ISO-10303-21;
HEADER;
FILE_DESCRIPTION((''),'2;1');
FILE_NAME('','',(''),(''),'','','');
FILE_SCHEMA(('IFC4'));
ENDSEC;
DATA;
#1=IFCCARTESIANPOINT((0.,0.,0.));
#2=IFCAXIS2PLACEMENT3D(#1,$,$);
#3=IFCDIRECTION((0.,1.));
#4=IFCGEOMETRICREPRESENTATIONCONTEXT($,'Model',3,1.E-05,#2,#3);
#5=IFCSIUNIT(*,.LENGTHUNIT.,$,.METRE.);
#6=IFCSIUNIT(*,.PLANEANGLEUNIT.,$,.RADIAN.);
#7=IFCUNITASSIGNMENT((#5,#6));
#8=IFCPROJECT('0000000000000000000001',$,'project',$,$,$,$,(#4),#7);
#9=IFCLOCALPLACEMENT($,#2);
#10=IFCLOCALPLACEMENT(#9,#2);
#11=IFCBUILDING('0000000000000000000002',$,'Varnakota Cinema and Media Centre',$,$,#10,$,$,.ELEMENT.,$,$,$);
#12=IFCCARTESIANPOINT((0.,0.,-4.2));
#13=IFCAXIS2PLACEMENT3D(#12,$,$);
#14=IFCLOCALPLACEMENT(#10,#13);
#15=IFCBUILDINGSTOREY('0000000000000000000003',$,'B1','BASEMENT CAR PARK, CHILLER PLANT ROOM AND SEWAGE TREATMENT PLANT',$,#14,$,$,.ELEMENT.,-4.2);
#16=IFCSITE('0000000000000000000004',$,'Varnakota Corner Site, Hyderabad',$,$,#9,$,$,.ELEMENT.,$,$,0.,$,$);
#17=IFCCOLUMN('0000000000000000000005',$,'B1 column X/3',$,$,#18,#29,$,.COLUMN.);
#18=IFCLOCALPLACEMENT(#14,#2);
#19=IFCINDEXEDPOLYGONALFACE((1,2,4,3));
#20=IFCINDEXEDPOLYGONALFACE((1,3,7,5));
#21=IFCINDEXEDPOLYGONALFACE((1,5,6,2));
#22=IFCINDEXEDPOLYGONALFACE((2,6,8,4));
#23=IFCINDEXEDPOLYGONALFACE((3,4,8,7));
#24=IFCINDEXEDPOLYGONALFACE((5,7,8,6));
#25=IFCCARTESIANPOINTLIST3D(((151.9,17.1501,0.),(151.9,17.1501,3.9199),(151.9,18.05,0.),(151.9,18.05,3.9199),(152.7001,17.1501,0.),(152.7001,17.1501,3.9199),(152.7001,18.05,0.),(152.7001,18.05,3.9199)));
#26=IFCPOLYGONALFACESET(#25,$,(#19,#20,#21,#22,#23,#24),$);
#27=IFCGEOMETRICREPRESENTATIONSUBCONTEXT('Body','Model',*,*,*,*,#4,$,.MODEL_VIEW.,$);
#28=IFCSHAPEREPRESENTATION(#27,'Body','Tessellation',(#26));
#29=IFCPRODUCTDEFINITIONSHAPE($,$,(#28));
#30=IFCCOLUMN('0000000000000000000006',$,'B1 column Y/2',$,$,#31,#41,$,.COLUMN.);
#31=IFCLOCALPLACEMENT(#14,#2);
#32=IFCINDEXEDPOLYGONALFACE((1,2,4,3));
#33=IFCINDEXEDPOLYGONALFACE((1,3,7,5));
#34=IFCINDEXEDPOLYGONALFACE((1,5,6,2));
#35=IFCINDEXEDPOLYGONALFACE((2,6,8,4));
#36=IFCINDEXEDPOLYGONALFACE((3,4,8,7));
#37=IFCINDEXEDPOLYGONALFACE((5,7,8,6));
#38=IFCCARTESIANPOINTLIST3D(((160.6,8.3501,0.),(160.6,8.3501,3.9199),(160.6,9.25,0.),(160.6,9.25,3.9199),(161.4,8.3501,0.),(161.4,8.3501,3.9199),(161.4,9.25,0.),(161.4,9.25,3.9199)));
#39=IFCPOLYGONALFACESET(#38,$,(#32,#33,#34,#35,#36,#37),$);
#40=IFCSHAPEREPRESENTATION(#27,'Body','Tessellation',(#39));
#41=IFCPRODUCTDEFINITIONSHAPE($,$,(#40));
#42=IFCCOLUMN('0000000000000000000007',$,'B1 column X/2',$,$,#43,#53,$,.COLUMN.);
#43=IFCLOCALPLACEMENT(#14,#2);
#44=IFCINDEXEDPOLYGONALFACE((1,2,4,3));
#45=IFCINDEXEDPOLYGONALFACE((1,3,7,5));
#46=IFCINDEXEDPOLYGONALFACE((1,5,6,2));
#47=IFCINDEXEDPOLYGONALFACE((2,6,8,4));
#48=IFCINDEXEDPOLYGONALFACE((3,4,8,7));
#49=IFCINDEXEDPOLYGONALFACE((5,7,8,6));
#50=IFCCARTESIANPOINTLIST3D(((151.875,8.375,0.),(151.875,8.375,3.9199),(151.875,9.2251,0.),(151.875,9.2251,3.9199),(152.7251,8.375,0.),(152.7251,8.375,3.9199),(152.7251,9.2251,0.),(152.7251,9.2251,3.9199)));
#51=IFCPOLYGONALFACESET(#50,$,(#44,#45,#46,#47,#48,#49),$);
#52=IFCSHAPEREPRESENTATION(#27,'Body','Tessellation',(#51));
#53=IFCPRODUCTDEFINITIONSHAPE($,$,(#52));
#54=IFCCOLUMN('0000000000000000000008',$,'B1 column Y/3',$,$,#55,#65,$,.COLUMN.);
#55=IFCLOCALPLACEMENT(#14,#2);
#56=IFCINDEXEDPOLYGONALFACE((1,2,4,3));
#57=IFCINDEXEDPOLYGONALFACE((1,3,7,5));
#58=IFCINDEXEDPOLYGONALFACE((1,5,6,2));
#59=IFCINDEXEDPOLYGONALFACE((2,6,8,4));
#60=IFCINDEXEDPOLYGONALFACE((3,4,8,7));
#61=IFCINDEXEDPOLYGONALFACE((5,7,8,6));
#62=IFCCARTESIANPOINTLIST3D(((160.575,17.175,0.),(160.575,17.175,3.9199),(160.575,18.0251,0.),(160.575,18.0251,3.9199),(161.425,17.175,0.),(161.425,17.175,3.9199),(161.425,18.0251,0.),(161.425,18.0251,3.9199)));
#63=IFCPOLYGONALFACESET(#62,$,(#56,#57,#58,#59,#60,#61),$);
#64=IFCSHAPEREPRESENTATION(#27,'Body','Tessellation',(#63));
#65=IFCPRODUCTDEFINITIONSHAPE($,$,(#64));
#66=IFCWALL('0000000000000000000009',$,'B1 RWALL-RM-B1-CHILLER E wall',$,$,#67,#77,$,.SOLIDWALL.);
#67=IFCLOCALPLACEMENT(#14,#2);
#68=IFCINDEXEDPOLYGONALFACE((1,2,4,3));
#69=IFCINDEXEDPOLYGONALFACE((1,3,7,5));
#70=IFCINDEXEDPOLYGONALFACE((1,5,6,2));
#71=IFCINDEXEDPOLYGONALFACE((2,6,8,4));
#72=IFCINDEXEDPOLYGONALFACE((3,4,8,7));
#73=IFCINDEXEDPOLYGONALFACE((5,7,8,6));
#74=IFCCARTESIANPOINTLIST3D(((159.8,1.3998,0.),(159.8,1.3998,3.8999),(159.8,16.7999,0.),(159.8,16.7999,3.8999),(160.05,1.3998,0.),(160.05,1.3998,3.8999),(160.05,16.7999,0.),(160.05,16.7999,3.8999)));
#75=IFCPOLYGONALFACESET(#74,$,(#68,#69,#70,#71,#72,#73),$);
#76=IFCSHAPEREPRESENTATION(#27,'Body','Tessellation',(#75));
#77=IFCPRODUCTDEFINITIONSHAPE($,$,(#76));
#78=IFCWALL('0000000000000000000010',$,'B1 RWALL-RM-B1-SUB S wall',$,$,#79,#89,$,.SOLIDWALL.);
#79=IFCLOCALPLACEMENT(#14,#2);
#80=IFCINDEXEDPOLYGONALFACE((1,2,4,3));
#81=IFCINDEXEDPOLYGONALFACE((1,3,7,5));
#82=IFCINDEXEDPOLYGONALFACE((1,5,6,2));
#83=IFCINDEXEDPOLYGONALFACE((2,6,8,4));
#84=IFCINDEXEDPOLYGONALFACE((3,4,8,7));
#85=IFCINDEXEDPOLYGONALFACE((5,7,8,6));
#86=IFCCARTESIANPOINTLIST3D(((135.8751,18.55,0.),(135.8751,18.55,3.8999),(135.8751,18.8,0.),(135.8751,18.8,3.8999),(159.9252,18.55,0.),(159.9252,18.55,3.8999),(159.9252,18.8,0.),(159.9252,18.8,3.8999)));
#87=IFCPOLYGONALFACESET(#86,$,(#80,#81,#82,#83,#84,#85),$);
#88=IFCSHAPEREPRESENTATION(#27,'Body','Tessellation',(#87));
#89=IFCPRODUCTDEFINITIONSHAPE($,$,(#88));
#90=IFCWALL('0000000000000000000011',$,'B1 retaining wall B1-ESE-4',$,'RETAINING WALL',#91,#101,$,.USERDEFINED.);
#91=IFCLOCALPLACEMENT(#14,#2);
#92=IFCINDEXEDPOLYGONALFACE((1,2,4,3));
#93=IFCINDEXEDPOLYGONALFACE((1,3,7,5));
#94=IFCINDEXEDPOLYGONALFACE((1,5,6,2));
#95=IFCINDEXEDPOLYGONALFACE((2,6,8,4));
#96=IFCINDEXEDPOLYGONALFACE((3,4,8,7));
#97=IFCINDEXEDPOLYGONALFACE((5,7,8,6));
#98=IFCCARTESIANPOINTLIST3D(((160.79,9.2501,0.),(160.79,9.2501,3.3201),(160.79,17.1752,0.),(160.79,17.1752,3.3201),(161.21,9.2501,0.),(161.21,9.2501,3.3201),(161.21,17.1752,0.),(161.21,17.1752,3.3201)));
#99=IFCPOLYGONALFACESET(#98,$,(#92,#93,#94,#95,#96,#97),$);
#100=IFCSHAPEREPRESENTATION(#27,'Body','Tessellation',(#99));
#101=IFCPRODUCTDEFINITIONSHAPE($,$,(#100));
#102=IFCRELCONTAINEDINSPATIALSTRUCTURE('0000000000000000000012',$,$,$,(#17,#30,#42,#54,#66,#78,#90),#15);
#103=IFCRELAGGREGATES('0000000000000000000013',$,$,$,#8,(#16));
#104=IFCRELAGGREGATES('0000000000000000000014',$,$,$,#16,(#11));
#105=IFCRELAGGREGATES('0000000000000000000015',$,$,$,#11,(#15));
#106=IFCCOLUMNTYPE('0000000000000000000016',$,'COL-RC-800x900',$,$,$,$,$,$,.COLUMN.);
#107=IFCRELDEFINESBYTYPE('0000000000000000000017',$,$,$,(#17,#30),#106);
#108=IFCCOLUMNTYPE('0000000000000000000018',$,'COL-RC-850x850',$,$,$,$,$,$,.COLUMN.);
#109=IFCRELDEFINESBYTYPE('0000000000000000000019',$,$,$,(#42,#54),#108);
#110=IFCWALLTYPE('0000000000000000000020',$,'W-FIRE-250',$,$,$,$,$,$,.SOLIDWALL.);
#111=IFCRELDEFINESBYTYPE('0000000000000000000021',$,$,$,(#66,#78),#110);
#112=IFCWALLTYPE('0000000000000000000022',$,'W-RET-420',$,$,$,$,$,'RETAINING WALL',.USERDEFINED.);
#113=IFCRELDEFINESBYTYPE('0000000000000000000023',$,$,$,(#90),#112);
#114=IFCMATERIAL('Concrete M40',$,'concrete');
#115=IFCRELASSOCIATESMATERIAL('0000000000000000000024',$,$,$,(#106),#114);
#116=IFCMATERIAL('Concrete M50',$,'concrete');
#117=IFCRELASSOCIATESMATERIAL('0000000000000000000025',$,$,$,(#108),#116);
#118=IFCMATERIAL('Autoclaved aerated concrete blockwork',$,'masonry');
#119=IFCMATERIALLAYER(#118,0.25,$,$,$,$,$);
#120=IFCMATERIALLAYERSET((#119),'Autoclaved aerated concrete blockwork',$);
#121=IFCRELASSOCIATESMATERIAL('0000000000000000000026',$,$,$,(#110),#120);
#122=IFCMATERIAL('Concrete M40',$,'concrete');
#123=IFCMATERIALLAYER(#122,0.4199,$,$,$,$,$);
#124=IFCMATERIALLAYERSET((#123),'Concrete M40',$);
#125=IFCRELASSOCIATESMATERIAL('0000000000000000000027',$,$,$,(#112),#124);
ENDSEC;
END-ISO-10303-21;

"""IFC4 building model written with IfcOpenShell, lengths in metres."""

from ifc_helpers import new_model, si_unit, direction, frame, frame_2d, origin, origin_2d, place, context, subcontext, project, spatial, rectangle, extrude, material, layer, layer_set, material_profile, profile_set, type_object, element, save


model = new_model("IFC4")

# Units and contexts
model_context = context("Model", 3, precision=1e-05, world=origin(), true_north=direction((0.0, 1.0)))
body_context = subcontext(model_context, "Body", "Model", "MODEL_VIEW")
ifc_project = project(units=[si_unit("LENGTHUNIT", "METRE"), si_unit("PLANEANGLEUNIT", "RADIAN")], contexts=[model_context])

# Site, building, storey
site_placement = place(None, origin())
site = spatial("IfcSite", under=ifc_project, at=site_placement, Name="Varnakota Corner Site, Hyderabad", CompositionType="ELEMENT", RefElevation=0.0)
building_placement = place(site_placement, origin())
building = spatial("IfcBuilding", under=site, at=building_placement, Name="Varnakota Cinema and Media Centre", CompositionType="ELEMENT")
storey_placement = place(building_placement, frame((0.0, 0.0, -4.2)))
storey = spatial("IfcBuildingStorey", under=building, at=storey_placement, Name="B1", Description="BASEMENT CAR PARK, CHILLER PLANT ROOM AND SEWAGE TREATMENT PLANT", CompositionType="ELEMENT", Elevation=-4.2)

# Columns
ifc_material_1 = material(Name="Concrete M40", Category="concrete")
ifc_material_profile_1 = material_profile(ifc_material_1, rectangle(XDim=0.8, YDim=0.8999, at=origin_2d()), Name="RC 800x900")
ifc_profile_set_1 = profile_set([ifc_material_profile_1], Name="Concrete M40")
column_type_1 = type_object("IfcColumnType", Name="COL-RC-800x900", PredefinedType="COLUMN", material=ifc_profile_set_1)
for number, where, z_axis, x_axis, name in (
    (1, (152.3, 17.6001, 0.0), (0.0, 0.0, 1.0), (1.0, 0.0, 0.0), "B1 column X/3"),
    (2, (161.0, 8.8, 0.0), (0.0, 0.0, 1.0), (1.0, 0.0, 0.0), "B1 column Y/2"),
):
    element("IfcColumn", number, at=place(storey_placement, frame(where, z_axis=z_axis, x_axis=x_axis)), inside=storey, type_object=column_type_1, Name=name, PredefinedType="COLUMN", context=body_context, shape_type="SweptSolid", body=[
        extrude(rectangle(XDim=0.8, YDim=0.8999, at=origin_2d()), origin(), (0.0, 0.0, 1.0), 3.9199),
    ])
ifc_material_2 = material(Name="Concrete M50", Category="concrete")
ifc_material_profile_2 = material_profile(ifc_material_2, rectangle(XDim=0.8501, YDim=0.8501, at=origin_2d()), Name="RC 850x850")
ifc_profile_set_2 = profile_set([ifc_material_profile_2], Name="Concrete M50")
column_type_2 = type_object("IfcColumnType", Name="COL-RC-850x850", PredefinedType="COLUMN", material=ifc_profile_set_2)
for number, where, z_axis, x_axis, name in (
    (3, (152.3, 8.8, 0.0), (0.0, 0.0, 1.0), (1.0, 0.0, 0.0), "B1 column X/2"),
    (4, (161.0, 17.6001, 0.0), (0.0, 0.0, 1.0), (1.0, 0.0, 0.0), "B1 column Y/3"),
):
    element("IfcColumn", number, at=place(storey_placement, frame(where, z_axis=z_axis, x_axis=x_axis)), inside=storey, type_object=column_type_2, Name=name, PredefinedType="COLUMN", context=body_context, shape_type="SweptSolid", body=[
        extrude(rectangle(XDim=0.8501, YDim=0.8501, at=origin_2d()), origin(), (0.0, 0.0, 1.0), 3.9199),
    ])

# Walls
ifc_material_3 = material(Name="Autoclaved aerated concrete blockwork", Category="masonry")
ifc_layer_1 = layer(ifc_material_3, 0.25)
ifc_layer_set_1 = layer_set([ifc_layer_1], Name="Autoclaved aerated concrete blockwork")
wall_type_1 = type_object("IfcWallType", Name="W-FIRE-250", PredefinedType="SOLIDWALL", material=ifc_layer_set_1)
wall_1_placement = place(storey_placement, frame((159.925, 16.8, 0.0), z_axis=(0.0, 0.0, 1.0), x_axis=(0.0, -1.0, 0.0)))
element("IfcWall", 5, at=wall_1_placement, inside=storey, type_object=wall_type_1, Name="B1 RWALL-RM-B1-CHILLER E wall", PredefinedType="SOLIDWALL", context=body_context, shape_type="SweptSolid", body=[
    extrude(rectangle(XDim=15.4001, YDim=0.25, at=frame_2d((7.7002, 0.0))), origin(), (0.0, 0.0, 1.0), 3.8999),
])
wall_2_placement = place(storey_placement, frame((159.925, 18.675, 0.0), z_axis=(0.0, 0.0, 1.0), x_axis=(-1.0, 0.0, 0.0)))
element("IfcWall", 6, at=wall_2_placement, inside=storey, type_object=wall_type_1, Name="B1 RWALL-RM-B1-SUB S wall", PredefinedType="SOLIDWALL", context=body_context, shape_type="SweptSolid", body=[
    extrude(rectangle(XDim=24.05, YDim=0.25, at=frame_2d((12.0249, 0.0))), origin(), (0.0, 0.0, 1.0), 3.8999),
])
ifc_material_4 = material(Name="Concrete M40", Category="concrete")
ifc_layer_2 = layer(ifc_material_4, 0.4199)
ifc_layer_set_2 = layer_set([ifc_layer_2], Name="Concrete M40")
wall_type_2 = type_object("IfcWallType", Name="W-RET-420", ElementType="RETAINING WALL", PredefinedType="USERDEFINED", material=ifc_layer_set_2)
wall_3_placement = place(storey_placement, frame((161.0, 17.175, 0.0), z_axis=(0.0, 0.0, 1.0), x_axis=(0.0, -1.0, 0.0)))
element("IfcWall", 7, at=wall_3_placement, inside=storey, type_object=wall_type_2, Name="B1 retaining wall B1-ESE-4", ObjectType="RETAINING WALL", PredefinedType="USERDEFINED", context=body_context, shape_type="SweptSolid", body=[
    extrude(rectangle(XDim=7.925, YDim=0.4199, at=frame_2d((3.9624, 0.0))), origin(), (0.0, 0.0, 1.0), 3.3201),
])

save(model, "model.ifc")
